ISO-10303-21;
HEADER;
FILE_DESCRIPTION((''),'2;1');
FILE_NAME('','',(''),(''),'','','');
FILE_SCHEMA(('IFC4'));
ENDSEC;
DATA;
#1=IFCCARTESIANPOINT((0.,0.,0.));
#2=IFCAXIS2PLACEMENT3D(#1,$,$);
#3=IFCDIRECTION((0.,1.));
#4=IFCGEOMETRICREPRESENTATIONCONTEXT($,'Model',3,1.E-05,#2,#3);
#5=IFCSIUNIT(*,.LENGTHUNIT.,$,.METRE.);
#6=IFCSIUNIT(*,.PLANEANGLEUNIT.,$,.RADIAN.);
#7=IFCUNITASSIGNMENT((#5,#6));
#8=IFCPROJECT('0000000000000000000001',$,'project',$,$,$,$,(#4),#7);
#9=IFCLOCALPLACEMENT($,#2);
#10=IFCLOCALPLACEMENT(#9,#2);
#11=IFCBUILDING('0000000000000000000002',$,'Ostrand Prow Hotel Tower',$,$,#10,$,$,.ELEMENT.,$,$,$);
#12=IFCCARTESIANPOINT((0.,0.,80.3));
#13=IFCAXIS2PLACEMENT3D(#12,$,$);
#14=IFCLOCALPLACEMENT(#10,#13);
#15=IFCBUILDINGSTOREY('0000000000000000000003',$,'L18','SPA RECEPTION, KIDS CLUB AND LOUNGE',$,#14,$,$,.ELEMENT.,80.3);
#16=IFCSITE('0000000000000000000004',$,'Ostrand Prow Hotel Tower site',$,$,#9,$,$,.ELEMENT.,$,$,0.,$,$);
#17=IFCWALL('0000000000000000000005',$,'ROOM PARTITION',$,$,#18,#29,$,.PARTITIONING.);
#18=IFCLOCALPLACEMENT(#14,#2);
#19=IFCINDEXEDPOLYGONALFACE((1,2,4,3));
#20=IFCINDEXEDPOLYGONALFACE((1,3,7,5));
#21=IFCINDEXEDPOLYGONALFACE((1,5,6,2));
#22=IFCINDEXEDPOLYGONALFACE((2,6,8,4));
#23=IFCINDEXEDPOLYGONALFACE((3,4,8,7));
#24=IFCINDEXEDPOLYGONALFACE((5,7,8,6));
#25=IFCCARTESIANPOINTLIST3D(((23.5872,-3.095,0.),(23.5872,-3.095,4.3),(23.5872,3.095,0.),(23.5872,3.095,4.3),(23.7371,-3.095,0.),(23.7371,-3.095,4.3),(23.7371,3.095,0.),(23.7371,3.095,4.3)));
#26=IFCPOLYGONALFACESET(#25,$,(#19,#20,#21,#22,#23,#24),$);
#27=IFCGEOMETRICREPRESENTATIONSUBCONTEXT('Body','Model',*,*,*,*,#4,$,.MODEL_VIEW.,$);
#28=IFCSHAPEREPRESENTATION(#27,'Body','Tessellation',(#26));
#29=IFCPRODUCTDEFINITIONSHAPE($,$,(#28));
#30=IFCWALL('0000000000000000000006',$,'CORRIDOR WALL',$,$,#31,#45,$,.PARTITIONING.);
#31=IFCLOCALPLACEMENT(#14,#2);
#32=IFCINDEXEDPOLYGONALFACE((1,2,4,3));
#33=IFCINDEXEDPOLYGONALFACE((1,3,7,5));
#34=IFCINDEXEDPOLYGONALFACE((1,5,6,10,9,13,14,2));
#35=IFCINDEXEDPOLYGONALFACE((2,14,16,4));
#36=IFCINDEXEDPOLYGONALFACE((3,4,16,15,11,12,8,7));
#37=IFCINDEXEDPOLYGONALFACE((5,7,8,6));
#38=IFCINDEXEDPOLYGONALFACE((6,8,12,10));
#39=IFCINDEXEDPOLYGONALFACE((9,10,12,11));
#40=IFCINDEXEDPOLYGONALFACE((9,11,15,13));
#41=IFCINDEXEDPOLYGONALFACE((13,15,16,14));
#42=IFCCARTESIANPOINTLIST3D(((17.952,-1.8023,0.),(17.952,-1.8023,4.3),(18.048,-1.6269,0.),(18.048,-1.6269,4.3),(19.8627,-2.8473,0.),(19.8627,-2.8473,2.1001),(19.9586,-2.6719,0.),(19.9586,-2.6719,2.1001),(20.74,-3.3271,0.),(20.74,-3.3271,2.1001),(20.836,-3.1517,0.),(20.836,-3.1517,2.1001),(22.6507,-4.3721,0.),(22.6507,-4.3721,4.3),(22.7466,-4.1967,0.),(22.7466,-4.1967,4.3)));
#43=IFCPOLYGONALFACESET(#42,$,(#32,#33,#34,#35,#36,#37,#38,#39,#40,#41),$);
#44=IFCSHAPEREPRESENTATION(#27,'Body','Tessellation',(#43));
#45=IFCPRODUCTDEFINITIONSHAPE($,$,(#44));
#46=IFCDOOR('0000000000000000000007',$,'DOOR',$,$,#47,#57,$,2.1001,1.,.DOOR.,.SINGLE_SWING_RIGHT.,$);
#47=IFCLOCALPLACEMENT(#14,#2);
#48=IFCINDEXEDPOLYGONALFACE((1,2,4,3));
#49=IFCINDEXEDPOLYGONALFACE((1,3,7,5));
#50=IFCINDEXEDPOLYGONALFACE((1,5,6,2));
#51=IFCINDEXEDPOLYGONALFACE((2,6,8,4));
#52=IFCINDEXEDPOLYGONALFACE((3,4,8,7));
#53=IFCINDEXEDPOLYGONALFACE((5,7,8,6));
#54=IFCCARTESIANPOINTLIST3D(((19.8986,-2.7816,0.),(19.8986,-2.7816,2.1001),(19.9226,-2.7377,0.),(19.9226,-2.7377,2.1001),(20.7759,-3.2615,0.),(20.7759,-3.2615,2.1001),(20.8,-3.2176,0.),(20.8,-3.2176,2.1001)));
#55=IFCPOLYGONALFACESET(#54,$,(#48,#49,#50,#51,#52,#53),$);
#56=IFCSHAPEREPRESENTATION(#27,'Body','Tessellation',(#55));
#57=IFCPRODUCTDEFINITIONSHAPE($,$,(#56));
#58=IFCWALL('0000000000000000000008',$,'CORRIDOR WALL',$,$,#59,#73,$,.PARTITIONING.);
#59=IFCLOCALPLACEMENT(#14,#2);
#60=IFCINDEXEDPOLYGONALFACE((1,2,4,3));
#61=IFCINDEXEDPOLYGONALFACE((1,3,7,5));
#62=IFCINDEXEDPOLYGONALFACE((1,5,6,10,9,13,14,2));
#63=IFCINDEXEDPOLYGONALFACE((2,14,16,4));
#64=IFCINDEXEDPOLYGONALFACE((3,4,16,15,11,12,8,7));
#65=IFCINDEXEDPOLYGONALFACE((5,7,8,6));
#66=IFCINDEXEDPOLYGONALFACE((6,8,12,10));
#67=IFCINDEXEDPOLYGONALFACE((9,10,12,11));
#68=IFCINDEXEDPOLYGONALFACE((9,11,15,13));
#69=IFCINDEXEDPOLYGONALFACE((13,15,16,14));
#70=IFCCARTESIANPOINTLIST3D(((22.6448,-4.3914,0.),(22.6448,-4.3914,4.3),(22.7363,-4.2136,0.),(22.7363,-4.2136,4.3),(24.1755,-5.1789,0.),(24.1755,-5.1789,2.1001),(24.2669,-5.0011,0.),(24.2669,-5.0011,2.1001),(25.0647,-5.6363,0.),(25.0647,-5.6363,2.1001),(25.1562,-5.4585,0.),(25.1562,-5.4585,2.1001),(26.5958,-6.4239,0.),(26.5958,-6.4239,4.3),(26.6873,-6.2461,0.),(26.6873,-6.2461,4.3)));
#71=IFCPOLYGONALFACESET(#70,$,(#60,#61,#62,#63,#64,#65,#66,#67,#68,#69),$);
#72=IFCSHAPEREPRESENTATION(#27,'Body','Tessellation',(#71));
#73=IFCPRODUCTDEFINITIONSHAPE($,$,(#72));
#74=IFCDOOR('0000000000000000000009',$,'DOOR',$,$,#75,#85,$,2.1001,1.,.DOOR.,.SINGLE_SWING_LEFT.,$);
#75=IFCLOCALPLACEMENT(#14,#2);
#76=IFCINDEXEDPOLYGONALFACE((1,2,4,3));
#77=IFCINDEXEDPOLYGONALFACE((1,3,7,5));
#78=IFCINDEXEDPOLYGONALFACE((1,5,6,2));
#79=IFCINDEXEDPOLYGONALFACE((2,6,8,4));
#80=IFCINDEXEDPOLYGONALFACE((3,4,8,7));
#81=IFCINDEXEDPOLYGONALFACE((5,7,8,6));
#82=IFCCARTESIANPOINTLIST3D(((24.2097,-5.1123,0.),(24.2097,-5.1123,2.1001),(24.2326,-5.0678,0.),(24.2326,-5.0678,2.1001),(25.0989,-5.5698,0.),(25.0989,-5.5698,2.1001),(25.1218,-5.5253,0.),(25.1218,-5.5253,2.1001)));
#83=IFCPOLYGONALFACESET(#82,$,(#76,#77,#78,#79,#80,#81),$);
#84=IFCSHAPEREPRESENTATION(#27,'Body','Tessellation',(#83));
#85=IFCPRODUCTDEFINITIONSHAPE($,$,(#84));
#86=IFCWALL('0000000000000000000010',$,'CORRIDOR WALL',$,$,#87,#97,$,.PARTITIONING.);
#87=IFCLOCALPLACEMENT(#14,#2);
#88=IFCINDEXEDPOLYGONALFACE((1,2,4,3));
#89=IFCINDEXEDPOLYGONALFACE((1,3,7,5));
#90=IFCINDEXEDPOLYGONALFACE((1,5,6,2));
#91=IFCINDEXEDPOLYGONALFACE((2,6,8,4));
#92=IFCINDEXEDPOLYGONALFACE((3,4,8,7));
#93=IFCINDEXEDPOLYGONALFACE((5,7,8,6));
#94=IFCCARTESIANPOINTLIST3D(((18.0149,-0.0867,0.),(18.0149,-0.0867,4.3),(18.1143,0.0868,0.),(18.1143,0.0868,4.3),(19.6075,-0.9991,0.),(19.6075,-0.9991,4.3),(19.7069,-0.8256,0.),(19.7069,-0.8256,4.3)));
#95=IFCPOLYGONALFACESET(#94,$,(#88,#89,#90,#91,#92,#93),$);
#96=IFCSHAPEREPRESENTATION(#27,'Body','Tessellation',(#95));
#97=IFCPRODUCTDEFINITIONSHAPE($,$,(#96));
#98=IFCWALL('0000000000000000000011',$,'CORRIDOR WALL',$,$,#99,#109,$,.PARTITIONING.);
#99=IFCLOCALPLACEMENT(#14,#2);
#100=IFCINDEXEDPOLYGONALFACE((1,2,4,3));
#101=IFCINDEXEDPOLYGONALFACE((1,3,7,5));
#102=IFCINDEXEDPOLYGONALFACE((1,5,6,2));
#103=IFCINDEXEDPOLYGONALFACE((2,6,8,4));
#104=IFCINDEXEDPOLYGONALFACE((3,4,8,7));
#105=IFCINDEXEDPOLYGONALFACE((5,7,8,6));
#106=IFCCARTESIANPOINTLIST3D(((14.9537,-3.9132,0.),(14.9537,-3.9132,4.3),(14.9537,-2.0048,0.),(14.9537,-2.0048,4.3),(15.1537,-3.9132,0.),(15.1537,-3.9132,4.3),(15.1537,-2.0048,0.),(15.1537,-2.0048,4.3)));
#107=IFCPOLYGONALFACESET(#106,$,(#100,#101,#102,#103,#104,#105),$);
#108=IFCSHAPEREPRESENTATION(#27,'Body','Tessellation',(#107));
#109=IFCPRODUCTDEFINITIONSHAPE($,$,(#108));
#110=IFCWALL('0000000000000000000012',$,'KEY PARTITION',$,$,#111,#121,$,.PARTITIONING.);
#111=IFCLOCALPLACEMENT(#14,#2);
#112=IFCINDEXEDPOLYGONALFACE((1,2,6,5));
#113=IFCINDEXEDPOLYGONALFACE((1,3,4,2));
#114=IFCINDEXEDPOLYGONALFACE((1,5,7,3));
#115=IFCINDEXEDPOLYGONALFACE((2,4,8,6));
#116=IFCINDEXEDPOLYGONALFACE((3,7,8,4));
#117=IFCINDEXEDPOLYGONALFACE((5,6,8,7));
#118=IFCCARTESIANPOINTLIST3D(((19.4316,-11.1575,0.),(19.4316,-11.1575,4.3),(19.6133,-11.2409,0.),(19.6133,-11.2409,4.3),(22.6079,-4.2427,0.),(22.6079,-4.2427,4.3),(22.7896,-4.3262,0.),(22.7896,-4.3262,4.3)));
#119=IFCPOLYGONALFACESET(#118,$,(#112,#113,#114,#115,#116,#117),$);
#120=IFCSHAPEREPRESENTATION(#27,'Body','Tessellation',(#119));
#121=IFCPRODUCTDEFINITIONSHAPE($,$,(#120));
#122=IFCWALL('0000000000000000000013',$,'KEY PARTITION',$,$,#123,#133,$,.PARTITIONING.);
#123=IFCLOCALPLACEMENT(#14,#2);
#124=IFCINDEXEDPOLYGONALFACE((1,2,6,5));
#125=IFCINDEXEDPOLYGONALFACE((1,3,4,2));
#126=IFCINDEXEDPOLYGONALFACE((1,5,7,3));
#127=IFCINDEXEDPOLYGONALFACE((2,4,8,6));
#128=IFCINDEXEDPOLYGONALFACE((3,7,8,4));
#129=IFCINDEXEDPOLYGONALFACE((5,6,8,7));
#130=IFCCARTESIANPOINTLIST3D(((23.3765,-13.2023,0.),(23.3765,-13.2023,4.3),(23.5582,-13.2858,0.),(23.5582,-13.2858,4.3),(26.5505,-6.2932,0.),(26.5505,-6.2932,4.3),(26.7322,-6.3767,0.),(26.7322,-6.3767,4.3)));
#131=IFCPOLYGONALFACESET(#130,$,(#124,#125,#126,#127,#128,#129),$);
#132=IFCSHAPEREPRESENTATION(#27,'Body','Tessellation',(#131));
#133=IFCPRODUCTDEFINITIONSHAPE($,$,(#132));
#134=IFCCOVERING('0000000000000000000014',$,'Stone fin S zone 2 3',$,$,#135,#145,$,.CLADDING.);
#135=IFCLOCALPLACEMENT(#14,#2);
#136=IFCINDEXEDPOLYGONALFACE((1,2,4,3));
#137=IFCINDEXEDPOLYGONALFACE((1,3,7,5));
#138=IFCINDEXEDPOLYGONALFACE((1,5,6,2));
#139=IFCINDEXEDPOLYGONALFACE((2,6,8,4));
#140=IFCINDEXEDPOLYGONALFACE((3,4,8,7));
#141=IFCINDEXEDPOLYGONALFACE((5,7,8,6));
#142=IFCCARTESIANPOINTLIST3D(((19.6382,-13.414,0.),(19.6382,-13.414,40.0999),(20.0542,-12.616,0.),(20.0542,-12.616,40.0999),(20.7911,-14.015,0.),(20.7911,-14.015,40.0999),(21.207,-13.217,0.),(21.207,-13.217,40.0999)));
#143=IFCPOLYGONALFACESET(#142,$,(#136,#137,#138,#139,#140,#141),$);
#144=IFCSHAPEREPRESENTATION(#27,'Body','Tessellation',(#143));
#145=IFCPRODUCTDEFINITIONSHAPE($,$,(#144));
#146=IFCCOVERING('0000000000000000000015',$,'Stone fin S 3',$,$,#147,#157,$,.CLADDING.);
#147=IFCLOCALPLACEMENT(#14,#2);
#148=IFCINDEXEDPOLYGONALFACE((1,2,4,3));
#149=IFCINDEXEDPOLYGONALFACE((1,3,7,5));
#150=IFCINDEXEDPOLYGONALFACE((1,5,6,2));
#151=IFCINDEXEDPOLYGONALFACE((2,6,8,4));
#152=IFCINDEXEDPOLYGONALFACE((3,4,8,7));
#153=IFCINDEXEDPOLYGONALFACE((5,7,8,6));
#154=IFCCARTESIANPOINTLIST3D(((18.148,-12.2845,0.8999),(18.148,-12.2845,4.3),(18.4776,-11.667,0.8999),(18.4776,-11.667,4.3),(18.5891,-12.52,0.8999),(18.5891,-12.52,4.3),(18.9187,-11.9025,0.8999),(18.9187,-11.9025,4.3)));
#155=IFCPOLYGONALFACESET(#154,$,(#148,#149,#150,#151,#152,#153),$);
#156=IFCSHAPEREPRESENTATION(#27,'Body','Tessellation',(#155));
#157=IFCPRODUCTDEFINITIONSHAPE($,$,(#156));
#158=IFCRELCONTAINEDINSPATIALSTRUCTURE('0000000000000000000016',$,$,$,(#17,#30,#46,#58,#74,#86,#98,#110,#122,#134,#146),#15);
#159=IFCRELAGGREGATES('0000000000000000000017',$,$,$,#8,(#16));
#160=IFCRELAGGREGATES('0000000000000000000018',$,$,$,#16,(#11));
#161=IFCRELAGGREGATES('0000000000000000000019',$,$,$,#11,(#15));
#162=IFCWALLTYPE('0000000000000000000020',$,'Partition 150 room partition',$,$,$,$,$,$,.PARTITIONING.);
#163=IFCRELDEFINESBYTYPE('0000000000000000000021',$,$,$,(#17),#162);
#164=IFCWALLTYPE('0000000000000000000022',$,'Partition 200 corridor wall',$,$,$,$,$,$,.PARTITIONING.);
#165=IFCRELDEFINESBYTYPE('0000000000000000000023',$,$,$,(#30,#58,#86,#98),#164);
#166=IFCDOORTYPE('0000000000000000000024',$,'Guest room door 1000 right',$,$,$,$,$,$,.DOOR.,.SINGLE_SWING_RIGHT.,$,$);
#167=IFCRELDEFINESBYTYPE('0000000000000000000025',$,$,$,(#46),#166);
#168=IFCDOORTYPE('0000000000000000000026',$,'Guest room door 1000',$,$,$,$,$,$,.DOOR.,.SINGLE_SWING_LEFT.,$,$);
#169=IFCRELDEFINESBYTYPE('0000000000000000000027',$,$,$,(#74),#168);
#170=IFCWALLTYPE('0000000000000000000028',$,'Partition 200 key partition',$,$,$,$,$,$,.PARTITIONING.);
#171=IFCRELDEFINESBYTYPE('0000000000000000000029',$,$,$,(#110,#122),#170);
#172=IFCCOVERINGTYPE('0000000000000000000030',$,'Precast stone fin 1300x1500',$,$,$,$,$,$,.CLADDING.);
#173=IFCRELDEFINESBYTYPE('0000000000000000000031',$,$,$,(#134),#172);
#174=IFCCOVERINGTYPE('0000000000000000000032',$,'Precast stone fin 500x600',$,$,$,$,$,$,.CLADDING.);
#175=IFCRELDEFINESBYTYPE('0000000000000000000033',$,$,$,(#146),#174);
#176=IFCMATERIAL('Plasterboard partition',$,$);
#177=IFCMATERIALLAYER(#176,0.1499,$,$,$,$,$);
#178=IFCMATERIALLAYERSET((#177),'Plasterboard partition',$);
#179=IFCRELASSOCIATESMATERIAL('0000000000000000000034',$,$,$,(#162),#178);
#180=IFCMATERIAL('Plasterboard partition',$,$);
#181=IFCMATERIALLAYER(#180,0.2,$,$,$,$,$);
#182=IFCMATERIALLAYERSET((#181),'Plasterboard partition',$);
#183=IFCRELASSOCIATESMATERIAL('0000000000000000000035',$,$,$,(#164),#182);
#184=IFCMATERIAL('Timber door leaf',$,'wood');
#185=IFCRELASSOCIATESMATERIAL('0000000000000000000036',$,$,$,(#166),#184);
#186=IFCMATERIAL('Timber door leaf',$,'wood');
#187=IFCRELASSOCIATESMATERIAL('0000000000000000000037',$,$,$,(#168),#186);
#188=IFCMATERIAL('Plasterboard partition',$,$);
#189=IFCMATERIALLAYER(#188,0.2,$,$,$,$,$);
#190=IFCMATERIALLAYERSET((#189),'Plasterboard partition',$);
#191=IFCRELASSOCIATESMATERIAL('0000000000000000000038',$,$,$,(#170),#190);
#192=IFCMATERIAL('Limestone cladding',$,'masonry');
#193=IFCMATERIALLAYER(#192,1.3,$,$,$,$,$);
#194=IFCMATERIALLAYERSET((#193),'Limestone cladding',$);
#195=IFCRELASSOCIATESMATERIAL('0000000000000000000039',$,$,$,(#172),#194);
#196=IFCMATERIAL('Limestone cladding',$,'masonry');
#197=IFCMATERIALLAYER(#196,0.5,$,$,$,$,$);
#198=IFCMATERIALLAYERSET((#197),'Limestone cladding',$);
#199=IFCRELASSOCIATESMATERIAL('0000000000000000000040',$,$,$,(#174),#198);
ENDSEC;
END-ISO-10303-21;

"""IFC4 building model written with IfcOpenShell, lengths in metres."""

from ifc_helpers import new_model, si_unit, direction, frame, frame_2d, origin, place, context, subcontext, project, spatial, rectangle, extrude, material, layer, layer_set, type_object, element, fill, save


model = new_model("IFC4")

# Units and contexts
model_context = context("Model", 3, precision=1e-05, world=origin(), true_north=direction((0.0, 1.0)))
body_context = subcontext(model_context, "Body", "Model", "MODEL_VIEW")
ifc_project = project(units=[si_unit("LENGTHUNIT", "METRE"), si_unit("PLANEANGLEUNIT", "RADIAN")], contexts=[model_context])

# Site, building, storey
site_placement = place(None, origin())
site = spatial("IfcSite", under=ifc_project, at=site_placement, Name="Ostrand Prow Hotel Tower site", CompositionType="ELEMENT", RefElevation=0.0)
building_placement = place(site_placement, origin())
building = spatial("IfcBuilding", under=site, at=building_placement, Name="Ostrand Prow Hotel Tower", CompositionType="ELEMENT")
storey_placement = place(building_placement, frame((0.0, 0.0, 80.3)))
storey = spatial("IfcBuildingStorey", under=building, at=storey_placement, Name="L18", Description="SPA RECEPTION, KIDS CLUB AND LOUNGE", CompositionType="ELEMENT", Elevation=80.3)

# Wall
ifc_material_1 = material(Name="Plasterboard partition")
ifc_layer_1 = layer(ifc_material_1, 0.1499)
ifc_layer_set_1 = layer_set([ifc_layer_1], Name="Plasterboard partition")
wall_type_1 = type_object("IfcWallType", Name="Partition 150 room partition", PredefinedType="PARTITIONING", material=ifc_layer_set_1)
wall_1_placement = place(storey_placement, frame((23.6621, -3.095, 0.0), z_axis=(0.0, 0.0, 1.0), x_axis=(0.0, 1.0, 0.0)))
element("IfcWall", 1, at=wall_1_placement, inside=storey, type_object=wall_type_1, Name="ROOM PARTITION", PredefinedType="PARTITIONING", context=body_context, shape_type="SweptSolid", body=[
    extrude(rectangle(XDim=6.1899, YDim=0.1499, at=frame_2d((3.095, 0.0))), origin(), (0.0, 0.0, 1.0), 4.3),
])

# Walls, openings, doors
ifc_material_2 = material(Name="Plasterboard partition")
ifc_layer_2 = layer(ifc_material_2, 0.2)
ifc_layer_set_2 = layer_set([ifc_layer_2], Name="Plasterboard partition")
wall_type_2 = type_object("IfcWallType", Name="Partition 200 corridor wall", PredefinedType="PARTITIONING", material=ifc_layer_set_2)
wall_2_placement = place(storey_placement, frame((18.0, -1.7146, 0.0), z_axis=(0.0, 0.0, 1.0), x_axis=(0.877355, -0.479842, 0.0)))
wall_2 = element("IfcWall", 2, at=wall_2_placement, inside=storey, type_object=wall_type_2, Name="CORRIDOR WALL", PredefinedType="PARTITIONING", context=body_context, shape_type="SweptSolid", body=[
    extrude(rectangle(XDim=5.3555, YDim=0.2, at=frame_2d((2.6777, 0.0))), origin(), (0.0, 0.0, 1.0), 4.3),
])
opening_1_placement = place(wall_2_placement, frame((2.1777, 0.0, 0.0)))
opening_1 = element("IfcOpeningElement", 3, at=opening_1_placement, cuts=wall_2, PredefinedType="OPENING", context=body_context, shape_type="SweptSolid", body=[
    extrude(rectangle(XDim=1.0, YDim=2.1001, at=frame_2d((0.5, 1.05))), frame((0.0, 0.1099, 0.0), z_axis=(0.0, -1.0, 0.0), x_axis=(1.0, 0.0, 0.0)), (0.0, 0.0, 1.0), 0.22),
])
ifc_material_3 = material(Name="Timber door leaf", Category="wood")
door_type_1 = type_object("IfcDoorType", Name="Guest room door 1000 right", OperationType="SINGLE_SWING_RIGHT", PredefinedType="DOOR", material=ifc_material_3)
door_1_placement = place(opening_1_placement, origin())
door_1 = element("IfcDoor", 4, at=door_1_placement, inside=storey, type_object=door_type_1, Name="DOOR", OperationType="SINGLE_SWING_RIGHT", OverallHeight=2.1001, OverallWidth=1.0, PredefinedType="DOOR", context=body_context, shape_type="SweptSolid", body=[
    extrude(rectangle(XDim=1.0, YDim=2.1001, at=frame_2d((0.5, 1.05))), frame((0.0, 0.0249, 0.0), z_axis=(0.0, -1.0, 0.0), x_axis=(1.0, 0.0, 0.0)), (0.0, 0.0, 1.0), 0.05),
])
fill(opening_1, door_1)
wall_3_placement = place(storey_placement, frame((22.6904, -4.3025, 0.0), z_axis=(0.0, 0.0, 1.0), x_axis=(0.889236, -0.457449, 0.0)))
wall_3 = element("IfcWall", 5, at=wall_3_placement, inside=storey, type_object=wall_type_2, Name="CORRIDOR WALL", PredefinedType="PARTITIONING", context=body_context, shape_type="SweptSolid", body=[
    extrude(rectangle(XDim=4.4431, YDim=0.2, at=frame_2d((2.2217, 0.0))), origin(), (0.0, 0.0, 1.0), 4.3),
])
opening_2_placement = place(wall_3_placement, frame((1.7214, 0.0, 0.0)))
opening_2 = element("IfcOpeningElement", 6, at=opening_2_placement, cuts=wall_3, PredefinedType="OPENING", context=body_context, shape_type="SweptSolid", body=[
    extrude(rectangle(XDim=1.0, YDim=2.1001, at=frame_2d((0.5, 1.05))), frame((0.0, 0.1099, 0.0), z_axis=(0.0, -1.0, 0.0), x_axis=(1.0, 0.0, 0.0)), (0.0, 0.0, 1.0), 0.22),
])
ifc_material_4 = material(Name="Timber door leaf", Category="wood")
door_type_2 = type_object("IfcDoorType", Name="Guest room door 1000", OperationType="SINGLE_SWING_LEFT", PredefinedType="DOOR", material=ifc_material_4)
door_2_placement = place(opening_2_placement, origin())
door_2 = element("IfcDoor", 7, at=door_2_placement, inside=storey, type_object=door_type_2, Name="DOOR", OperationType="SINGLE_SWING_LEFT", OverallHeight=2.1001, OverallWidth=1.0, PredefinedType="DOOR", context=body_context, shape_type="SweptSolid", body=[
    extrude(rectangle(XDim=1.0, YDim=2.1001, at=frame_2d((0.5, 1.05))), frame((0.0, 0.0249, 0.0), z_axis=(0.0, -1.0, 0.0), x_axis=(1.0, 0.0, 0.0)), (0.0, 0.0, 1.0), 0.05),
])
fill(opening_2, door_2)

# Walls
wall_4_placement = place(storey_placement, frame((19.6572, -0.9124, 0.0), z_axis=(0.0, 0.0, 1.0), x_axis=(-0.867694, 0.497098, 0.0)))
element("IfcWall", 8, at=wall_4_placement, inside=storey, type_object=wall_type_2, Name="CORRIDOR WALL", PredefinedType="PARTITIONING", context=body_context, shape_type="SweptSolid", body=[
    extrude(rectangle(XDim=1.8354, YDim=0.2, at=frame_2d((0.9177, 0.0))), origin(), (0.0, 0.0, 1.0), 4.3),
])
wall_5_placement = place(storey_placement, frame((15.0537, -2.0049, 0.0), z_axis=(0.0, 0.0, 1.0), x_axis=(0.0, -1.0, 0.0)))
element("IfcWall", 9, at=wall_5_placement, inside=storey, type_object=wall_type_2, Name="CORRIDOR WALL", PredefinedType="PARTITIONING", context=body_context, shape_type="SweptSolid", body=[
    extrude(rectangle(XDim=1.9084, YDim=0.2, at=frame_2d((0.9541, 0.0))), origin(), (0.0, 0.0, 1.0), 4.3),
])
ifc_material_5 = material(Name="Plasterboard partition")
ifc_layer_3 = layer(ifc_material_5, 0.2)
ifc_layer_set_3 = layer_set([ifc_layer_3], Name="Plasterboard partition")
wall_type_3 = type_object("IfcWallType", Name="Partition 200 key partition", PredefinedType="PARTITIONING", material=ifc_layer_set_3)
wall_6_placement = place(storey_placement, frame((19.5225, -11.1992, 0.0), z_axis=(0.0, 0.0, 1.0), x_axis=(0.417414, 0.908717, 0.0)))
element("IfcWall", 10, at=wall_6_placement, inside=storey, type_object=wall_type_3, Name="KEY PARTITION", PredefinedType="PARTITIONING", context=body_context, shape_type="SweptSolid", body=[
    extrude(rectangle(XDim=7.6094, YDim=0.2, at=frame_2d((3.8047, 0.0))), origin(), (0.0, 0.0, 1.0), 4.3),
])
wall_7_placement = place(storey_placement, frame((23.4673, -13.2441, 0.0), z_axis=(0.0, 0.0, 1.0), x_axis=(0.417455, 0.908698, 0.0)))
element("IfcWall", 11, at=wall_7_placement, inside=storey, type_object=wall_type_3, Name="KEY PARTITION", PredefinedType="PARTITIONING", context=body_context, shape_type="SweptSolid", body=[
    extrude(rectangle(XDim=7.6033, YDim=0.2, at=frame_2d((3.8018, 0.0))), origin(), (0.0, 0.0, 1.0), 4.3),
])

# Coverings
ifc_material_6 = material(Name="Limestone cladding", Category="masonry")
ifc_layer_4 = layer(ifc_material_6, 1.3)
ifc_layer_set_4 = layer_set([ifc_layer_4], Name="Limestone cladding")
covering_type_1 = type_object("IfcCoveringType", Name="Precast stone fin 1300x1500", PredefinedType="CLADDING", material=ifc_layer_set_4)
covering_1_placement = place(storey_placement, frame((20.6306, -12.9165, 0.0), z_axis=(0.0, 0.0, 1.0), x_axis=(-0.462232, -0.886759, 0.0)))
element("IfcCovering", 12, at=covering_1_placement, inside=storey, type_object=covering_type_1, Name="Stone fin S zone 2 3", PredefinedType="CLADDING", context=body_context, shape_type="SweptSolid", body=[
    extrude(rectangle(XDim=0.8999, YDim=1.3, at=frame_2d((0.45, 0.0))), origin(), (0.0, 0.0, 1.0), 40.0999),
])
ifc_material_7 = material(Name="Limestone cladding", Category="masonry")
ifc_layer_5 = layer(ifc_material_7, 0.5)
ifc_layer_set_5 = layer_set([ifc_layer_5], Name="Limestone cladding")
covering_type_2 = type_object("IfcCoveringType", Name="Precast stone fin 500x600", PredefinedType="CLADDING", material=ifc_layer_set_5)
covering_2_placement = place(storey_placement, frame((18.6982, -11.7847, 0.8999), z_axis=(0.0, 0.0, 1.0), x_axis=(-0.470914, -0.882179, 0.0)))
element("IfcCovering", 13, at=covering_2_placement, inside=storey, type_object=covering_type_2, Name="Stone fin S 3", PredefinedType="CLADDING", context=body_context, shape_type="SweptSolid", body=[
    extrude(rectangle(XDim=0.7, YDim=0.5, at=frame_2d((0.3501, 0.0))), origin(), (0.0, 0.0, 1.0), 3.4001),
])

save(model, "model.ifc")
